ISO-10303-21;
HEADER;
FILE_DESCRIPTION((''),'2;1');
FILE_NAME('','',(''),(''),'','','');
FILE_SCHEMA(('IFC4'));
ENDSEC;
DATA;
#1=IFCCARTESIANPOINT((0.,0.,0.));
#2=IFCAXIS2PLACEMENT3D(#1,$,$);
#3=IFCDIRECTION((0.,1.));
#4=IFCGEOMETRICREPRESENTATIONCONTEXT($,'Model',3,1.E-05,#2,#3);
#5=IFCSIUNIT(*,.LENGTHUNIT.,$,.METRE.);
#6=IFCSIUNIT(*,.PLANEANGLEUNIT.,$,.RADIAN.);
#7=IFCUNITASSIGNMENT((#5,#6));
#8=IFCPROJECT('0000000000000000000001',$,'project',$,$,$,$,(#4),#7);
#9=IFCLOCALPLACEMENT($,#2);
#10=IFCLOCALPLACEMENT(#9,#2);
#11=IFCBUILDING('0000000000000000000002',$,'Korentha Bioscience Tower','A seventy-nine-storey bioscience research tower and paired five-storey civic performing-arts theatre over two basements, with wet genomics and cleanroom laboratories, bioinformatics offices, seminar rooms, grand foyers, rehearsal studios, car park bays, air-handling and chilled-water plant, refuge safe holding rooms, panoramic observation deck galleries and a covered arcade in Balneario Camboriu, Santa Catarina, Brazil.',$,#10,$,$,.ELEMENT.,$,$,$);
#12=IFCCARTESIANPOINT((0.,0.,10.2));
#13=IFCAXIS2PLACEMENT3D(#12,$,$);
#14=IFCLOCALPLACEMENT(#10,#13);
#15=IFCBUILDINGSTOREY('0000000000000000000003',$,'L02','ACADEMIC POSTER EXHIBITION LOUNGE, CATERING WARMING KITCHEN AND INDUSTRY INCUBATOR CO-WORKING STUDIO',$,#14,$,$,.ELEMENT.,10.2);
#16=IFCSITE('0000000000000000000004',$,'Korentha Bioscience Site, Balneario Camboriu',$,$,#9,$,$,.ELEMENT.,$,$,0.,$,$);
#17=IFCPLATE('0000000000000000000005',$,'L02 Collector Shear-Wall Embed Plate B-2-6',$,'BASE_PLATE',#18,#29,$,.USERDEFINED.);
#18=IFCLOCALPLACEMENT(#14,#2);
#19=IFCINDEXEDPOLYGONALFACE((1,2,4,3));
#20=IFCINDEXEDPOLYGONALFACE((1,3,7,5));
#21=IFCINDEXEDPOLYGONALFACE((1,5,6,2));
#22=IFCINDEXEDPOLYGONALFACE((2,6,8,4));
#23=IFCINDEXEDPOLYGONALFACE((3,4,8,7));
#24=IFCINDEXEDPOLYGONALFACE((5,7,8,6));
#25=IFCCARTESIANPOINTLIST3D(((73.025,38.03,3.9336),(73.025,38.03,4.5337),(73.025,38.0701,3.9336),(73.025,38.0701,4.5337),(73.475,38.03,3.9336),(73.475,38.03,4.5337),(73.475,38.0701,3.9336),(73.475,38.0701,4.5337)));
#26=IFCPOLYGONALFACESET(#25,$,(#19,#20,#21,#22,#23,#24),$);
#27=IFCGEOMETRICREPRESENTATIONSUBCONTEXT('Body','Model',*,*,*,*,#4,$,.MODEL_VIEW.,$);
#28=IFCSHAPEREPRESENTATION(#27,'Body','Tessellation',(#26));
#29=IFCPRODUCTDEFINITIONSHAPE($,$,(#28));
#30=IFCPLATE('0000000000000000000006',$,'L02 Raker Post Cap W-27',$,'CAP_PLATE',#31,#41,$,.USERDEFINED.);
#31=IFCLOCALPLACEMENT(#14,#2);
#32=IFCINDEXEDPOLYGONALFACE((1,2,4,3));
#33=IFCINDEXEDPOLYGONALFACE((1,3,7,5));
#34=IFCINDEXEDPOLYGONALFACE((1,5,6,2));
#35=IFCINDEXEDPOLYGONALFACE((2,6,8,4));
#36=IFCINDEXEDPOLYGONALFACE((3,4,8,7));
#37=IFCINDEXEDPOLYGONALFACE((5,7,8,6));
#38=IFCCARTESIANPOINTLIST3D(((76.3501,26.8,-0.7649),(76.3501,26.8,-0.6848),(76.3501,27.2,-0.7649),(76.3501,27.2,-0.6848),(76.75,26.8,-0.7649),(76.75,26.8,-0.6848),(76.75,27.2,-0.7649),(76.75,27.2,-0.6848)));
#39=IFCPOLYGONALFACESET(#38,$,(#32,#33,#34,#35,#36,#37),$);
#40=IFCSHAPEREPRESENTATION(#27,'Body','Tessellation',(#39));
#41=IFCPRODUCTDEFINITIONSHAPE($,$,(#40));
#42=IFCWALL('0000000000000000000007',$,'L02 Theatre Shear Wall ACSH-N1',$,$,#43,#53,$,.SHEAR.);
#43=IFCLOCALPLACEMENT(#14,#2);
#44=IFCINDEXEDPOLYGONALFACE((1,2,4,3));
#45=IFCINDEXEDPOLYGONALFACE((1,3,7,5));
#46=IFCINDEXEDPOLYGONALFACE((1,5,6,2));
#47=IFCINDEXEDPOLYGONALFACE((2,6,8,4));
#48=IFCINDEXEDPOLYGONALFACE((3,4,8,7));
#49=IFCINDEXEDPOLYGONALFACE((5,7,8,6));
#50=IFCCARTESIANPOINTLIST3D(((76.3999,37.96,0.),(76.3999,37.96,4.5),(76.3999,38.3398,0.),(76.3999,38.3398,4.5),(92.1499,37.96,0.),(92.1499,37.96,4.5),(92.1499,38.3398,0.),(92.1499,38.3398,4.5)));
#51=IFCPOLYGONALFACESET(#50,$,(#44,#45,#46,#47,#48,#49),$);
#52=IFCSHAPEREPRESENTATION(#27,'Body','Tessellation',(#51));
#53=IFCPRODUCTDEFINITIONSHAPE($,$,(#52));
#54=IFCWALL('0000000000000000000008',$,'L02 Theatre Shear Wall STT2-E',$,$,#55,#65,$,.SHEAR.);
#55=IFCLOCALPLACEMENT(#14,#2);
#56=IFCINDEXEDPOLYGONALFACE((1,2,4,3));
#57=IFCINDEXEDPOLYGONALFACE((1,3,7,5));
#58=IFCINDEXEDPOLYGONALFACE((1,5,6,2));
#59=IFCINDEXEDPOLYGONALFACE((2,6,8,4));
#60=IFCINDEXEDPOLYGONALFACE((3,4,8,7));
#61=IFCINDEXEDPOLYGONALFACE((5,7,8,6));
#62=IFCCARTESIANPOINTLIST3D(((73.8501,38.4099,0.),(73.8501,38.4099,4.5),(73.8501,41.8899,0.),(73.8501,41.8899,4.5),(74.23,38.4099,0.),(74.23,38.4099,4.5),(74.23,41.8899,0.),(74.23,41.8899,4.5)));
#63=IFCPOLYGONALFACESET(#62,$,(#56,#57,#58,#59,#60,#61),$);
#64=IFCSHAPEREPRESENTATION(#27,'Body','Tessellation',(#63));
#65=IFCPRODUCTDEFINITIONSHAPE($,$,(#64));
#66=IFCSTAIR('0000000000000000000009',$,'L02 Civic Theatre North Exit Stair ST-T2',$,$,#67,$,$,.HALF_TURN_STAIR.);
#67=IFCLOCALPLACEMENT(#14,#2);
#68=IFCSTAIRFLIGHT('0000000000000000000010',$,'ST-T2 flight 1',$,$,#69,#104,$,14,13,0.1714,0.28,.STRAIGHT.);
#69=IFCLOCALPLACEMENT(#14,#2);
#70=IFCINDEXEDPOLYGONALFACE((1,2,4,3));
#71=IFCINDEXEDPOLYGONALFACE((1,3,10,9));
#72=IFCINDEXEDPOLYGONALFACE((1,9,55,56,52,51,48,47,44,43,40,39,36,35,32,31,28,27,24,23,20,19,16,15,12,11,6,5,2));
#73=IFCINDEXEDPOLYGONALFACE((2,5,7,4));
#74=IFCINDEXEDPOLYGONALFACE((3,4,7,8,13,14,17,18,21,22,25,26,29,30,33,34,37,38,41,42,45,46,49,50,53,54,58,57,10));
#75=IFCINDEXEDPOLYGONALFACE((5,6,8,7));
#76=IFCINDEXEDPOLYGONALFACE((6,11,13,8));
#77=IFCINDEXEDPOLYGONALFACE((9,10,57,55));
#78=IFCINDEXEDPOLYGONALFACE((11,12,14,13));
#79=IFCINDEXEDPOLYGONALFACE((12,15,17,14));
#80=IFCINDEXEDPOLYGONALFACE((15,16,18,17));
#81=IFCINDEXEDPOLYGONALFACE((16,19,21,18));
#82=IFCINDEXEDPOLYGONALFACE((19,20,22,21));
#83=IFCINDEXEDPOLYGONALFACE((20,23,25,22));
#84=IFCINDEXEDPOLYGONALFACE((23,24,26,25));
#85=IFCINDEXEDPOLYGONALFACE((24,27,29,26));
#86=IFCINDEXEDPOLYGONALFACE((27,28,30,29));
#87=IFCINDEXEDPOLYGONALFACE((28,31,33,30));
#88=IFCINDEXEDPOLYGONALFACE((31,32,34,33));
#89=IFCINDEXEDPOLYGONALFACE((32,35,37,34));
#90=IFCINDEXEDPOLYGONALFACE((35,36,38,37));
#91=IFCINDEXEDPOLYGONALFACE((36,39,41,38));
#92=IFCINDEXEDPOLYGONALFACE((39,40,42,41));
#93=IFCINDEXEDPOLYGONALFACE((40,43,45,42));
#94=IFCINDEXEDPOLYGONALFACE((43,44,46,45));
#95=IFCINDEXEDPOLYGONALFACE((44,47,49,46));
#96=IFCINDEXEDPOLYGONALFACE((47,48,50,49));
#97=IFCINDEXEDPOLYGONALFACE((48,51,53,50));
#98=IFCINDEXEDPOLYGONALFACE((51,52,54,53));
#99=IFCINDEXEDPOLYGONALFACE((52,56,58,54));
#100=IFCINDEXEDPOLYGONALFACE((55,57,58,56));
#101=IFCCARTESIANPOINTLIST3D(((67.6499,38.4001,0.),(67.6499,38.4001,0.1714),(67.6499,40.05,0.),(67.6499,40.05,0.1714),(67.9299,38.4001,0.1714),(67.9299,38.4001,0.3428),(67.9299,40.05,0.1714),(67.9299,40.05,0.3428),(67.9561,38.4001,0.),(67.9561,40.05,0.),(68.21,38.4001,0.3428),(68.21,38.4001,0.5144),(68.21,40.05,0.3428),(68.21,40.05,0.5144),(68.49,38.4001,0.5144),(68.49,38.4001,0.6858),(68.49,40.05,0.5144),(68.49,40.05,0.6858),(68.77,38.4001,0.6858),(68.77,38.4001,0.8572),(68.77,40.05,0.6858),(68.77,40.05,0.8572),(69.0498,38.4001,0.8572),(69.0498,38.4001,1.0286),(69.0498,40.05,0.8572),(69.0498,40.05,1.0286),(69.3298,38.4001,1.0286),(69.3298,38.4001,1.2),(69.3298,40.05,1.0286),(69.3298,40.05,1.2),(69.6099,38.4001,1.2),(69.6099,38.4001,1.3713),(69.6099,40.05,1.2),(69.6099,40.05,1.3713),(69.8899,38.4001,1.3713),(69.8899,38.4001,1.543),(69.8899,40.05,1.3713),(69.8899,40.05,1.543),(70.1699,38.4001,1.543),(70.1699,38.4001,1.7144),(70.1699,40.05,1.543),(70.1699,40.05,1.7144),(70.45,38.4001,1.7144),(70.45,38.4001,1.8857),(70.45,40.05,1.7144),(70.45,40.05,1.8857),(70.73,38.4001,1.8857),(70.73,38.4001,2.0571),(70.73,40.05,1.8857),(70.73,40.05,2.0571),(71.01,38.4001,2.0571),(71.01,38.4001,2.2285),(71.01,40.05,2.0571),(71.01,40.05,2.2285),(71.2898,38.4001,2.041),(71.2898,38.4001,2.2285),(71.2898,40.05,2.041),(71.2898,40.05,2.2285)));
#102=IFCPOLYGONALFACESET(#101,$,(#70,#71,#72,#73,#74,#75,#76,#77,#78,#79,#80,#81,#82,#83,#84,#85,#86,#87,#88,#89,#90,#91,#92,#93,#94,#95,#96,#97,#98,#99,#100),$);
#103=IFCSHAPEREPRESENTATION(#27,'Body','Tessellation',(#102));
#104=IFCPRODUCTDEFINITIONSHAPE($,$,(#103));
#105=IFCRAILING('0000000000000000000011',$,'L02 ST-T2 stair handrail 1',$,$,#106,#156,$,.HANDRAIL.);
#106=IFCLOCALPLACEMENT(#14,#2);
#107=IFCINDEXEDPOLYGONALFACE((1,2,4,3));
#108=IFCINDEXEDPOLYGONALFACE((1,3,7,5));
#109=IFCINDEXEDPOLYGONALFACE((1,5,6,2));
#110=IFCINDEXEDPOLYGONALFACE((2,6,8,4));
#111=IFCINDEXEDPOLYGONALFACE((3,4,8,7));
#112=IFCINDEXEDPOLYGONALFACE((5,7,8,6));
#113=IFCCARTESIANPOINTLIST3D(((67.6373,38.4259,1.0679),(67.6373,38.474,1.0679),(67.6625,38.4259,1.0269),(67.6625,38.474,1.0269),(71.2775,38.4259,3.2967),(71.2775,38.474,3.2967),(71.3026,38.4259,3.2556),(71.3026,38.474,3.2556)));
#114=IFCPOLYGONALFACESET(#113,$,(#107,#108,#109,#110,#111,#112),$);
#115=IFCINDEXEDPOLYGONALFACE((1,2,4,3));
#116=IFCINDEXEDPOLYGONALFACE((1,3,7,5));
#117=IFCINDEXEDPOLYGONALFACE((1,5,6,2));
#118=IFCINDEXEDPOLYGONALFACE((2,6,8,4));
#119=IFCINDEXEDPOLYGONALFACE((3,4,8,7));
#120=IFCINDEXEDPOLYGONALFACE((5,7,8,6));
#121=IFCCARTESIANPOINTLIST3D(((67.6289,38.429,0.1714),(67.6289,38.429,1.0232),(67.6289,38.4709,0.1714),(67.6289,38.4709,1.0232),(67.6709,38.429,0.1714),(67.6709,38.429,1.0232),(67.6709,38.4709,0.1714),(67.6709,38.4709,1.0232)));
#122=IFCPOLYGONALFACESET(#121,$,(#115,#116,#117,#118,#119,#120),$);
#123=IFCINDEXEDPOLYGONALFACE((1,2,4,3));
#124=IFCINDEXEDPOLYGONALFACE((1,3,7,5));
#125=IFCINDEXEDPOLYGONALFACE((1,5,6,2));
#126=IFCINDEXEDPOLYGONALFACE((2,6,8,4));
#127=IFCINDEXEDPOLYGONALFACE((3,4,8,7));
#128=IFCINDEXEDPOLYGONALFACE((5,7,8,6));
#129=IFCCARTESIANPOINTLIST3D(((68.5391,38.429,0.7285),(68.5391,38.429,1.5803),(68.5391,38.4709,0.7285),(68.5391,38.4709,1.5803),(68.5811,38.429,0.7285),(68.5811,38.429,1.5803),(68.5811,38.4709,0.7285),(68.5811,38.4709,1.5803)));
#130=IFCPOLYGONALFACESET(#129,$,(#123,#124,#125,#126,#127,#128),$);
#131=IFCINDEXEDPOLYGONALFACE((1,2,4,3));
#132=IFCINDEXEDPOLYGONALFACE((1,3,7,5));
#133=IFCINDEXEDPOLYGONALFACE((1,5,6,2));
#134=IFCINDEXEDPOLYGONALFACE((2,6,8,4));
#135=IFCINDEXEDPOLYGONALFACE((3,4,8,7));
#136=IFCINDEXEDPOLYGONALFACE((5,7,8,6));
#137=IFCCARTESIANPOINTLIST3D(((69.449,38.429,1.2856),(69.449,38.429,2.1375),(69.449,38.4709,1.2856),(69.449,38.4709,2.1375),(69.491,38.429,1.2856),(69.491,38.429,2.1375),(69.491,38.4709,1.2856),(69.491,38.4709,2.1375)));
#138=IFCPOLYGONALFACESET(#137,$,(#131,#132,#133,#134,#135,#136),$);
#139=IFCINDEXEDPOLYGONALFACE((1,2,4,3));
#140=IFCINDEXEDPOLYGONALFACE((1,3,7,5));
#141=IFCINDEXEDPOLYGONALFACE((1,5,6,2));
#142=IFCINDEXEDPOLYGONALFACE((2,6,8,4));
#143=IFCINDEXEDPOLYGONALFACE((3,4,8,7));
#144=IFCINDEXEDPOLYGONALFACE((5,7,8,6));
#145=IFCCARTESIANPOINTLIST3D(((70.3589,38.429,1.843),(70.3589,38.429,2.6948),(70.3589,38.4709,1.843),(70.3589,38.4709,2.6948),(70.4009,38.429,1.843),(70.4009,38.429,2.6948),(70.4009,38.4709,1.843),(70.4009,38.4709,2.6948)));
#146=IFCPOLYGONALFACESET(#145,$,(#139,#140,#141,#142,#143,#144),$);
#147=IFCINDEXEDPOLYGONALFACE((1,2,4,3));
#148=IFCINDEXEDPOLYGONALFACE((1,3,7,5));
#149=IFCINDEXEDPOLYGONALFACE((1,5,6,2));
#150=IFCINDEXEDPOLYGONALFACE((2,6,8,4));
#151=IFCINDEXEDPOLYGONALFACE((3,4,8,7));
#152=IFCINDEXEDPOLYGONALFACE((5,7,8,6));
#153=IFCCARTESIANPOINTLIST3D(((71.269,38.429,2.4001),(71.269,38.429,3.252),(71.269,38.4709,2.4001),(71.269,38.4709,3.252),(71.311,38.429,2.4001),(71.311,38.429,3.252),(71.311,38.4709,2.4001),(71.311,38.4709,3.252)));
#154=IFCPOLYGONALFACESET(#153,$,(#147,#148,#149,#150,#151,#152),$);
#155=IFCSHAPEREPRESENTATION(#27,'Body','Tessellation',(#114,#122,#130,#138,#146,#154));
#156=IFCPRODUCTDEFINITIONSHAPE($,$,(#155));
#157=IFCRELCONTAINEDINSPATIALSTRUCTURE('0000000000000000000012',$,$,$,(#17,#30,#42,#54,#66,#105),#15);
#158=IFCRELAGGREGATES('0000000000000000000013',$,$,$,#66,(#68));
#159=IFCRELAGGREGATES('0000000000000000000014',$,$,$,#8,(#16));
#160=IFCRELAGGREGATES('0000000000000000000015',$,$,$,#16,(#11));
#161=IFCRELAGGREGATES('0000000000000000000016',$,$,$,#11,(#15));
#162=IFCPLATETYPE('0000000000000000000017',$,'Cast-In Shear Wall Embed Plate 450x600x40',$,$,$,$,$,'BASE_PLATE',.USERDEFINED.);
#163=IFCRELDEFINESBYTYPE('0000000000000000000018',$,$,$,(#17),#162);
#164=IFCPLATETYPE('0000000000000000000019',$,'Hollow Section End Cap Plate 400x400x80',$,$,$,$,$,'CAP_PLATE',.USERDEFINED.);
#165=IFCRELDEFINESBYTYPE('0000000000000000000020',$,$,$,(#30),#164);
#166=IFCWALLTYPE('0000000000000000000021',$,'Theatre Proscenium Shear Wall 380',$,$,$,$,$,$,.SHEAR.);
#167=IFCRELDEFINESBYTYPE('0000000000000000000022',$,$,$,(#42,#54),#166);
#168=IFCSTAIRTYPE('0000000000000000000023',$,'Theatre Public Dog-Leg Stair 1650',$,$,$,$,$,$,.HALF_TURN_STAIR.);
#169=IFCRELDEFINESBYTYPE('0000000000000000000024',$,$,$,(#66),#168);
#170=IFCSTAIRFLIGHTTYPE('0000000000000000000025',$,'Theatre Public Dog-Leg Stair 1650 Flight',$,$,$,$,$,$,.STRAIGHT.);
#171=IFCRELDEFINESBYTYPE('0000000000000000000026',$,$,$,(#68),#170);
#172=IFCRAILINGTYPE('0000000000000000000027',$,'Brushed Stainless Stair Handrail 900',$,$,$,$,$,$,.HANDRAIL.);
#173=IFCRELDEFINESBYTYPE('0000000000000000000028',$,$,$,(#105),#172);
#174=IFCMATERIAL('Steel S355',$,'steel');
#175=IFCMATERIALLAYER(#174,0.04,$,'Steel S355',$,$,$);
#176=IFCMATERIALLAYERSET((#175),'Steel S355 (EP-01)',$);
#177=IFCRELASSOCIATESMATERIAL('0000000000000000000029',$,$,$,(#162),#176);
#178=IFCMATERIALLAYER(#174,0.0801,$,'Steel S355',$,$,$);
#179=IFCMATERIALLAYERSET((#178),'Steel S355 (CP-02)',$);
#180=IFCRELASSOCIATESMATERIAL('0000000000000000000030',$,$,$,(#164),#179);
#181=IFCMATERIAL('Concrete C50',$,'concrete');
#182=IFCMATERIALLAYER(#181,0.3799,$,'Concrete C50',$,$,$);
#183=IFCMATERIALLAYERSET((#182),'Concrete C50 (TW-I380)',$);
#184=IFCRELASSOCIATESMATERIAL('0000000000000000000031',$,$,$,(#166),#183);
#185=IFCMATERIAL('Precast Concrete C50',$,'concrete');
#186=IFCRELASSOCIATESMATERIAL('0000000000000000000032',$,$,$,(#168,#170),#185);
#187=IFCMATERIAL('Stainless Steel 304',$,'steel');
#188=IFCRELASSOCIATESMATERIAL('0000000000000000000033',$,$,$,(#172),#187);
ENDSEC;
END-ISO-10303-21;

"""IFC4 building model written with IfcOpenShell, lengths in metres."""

from ifc_helpers import new_model, si_unit, direction, frame, frame_2d, origin, origin_2d, place, context, subcontext, project, spatial, polyline, rectangle, outline, extrude, material, layer, layer_set, type_object, element, aggregate, save


model = new_model("IFC4")

# Units and contexts
model_context = context("Model", 3, precision=1e-05, world=origin(), true_north=direction((0.0, 1.0)))
body_context = subcontext(model_context, "Body", "Model", "MODEL_VIEW")
ifc_project = project(units=[si_unit("LENGTHUNIT", "METRE"), si_unit("PLANEANGLEUNIT", "RADIAN")], contexts=[model_context])

# Site, building, storey
site_placement = place(None, origin())
site = spatial("IfcSite", under=ifc_project, at=site_placement, Name="Korentha Bioscience Site, Balneario Camboriu", CompositionType="ELEMENT", RefElevation=0.0)
building_placement = place(site_placement, origin())
building = spatial("IfcBuilding", under=site, at=building_placement, Name="Korentha Bioscience Tower", Description="A seventy-nine-storey bioscience research tower and paired five-storey civic performing-arts theatre over two basements, with wet genomics and cleanroom laboratories, bioinformatics offices, seminar rooms, grand foyers, rehearsal studios, car park bays, air-handling and chilled-water plant, refuge safe holding rooms, panoramic observation deck galleries and a covered arcade in Balneario Camboriu, Santa Catarina, Brazil.", CompositionType="ELEMENT")
storey_placement = place(building_placement, frame((0.0, 0.0, 10.2)))
storey = spatial("IfcBuildingStorey", under=building, at=storey_placement, Name="L02", Description="ACADEMIC POSTER EXHIBITION LOUNGE, CATERING WARMING KITCHEN AND INDUSTRY INCUBATOR CO-WORKING STUDIO", CompositionType="ELEMENT", Elevation=10.2)

# Shared definitions
ifc_material_1 = material(Name="Concrete C50", Category="concrete")

# Shared definitions
ifc_material_2 = material(Name="Steel S355", Category="steel")

# Plates
ifc_layer_1 = layer(ifc_material_2, 0.04, Name="Steel S355")
ifc_layer_set_1 = layer_set([ifc_layer_1], Name="Steel S355 (EP-01)")
plate_type_1 = type_object("IfcPlateType", Name="Cast-In Shear Wall Embed Plate 450x600x40", ElementType="BASE_PLATE", PredefinedType="USERDEFINED", material=ifc_layer_set_1)
plate_1_placement = place(storey_placement, frame((73.25, 38.05, 3.9336), z_axis=(0.0, 0.0, 1.0), x_axis=(1.0, 0.0, 0.0)))
element("IfcPlate", 1, at=plate_1_placement, inside=storey, type_object=plate_type_1, Name="L02 Collector Shear-Wall Embed Plate B-2-6", ObjectType="BASE_PLATE", PredefinedType="USERDEFINED", context=body_context, shape_type="SweptSolid", body=[
    extrude(rectangle(XDim=0.45, YDim=0.04, at=origin_2d()), origin(), (0.0, 0.0, 1.0), 0.6001),
])
ifc_layer_2 = layer(ifc_material_2, 0.0801, Name="Steel S355")
ifc_layer_set_2 = layer_set([ifc_layer_2], Name="Steel S355 (CP-02)")
plate_type_2 = type_object("IfcPlateType", Name="Hollow Section End Cap Plate 400x400x80", ElementType="CAP_PLATE", PredefinedType="USERDEFINED", material=ifc_layer_set_2)
plate_2_placement = place(storey_placement, frame((76.55, 27.0, -0.7649), z_axis=(0.0, 0.0, 1.0), x_axis=(1.0, 0.0, 0.0)))
element("IfcPlate", 2, at=plate_2_placement, inside=storey, type_object=plate_type_2, Name="L02 Raker Post Cap W-27", ObjectType="CAP_PLATE", PredefinedType="USERDEFINED", context=body_context, shape_type="SweptSolid", body=[
    extrude(rectangle(XDim=0.3999, YDim=0.3999, at=origin_2d()), origin(), (0.0, 0.0, 1.0), 0.0801),
])

# Walls
ifc_layer_3 = layer(ifc_material_1, 0.3799, Name="Concrete C50")
ifc_layer_set_3 = layer_set([ifc_layer_3], Name="Concrete C50 (TW-I380)")
wall_type = type_object("IfcWallType", Name="Theatre Proscenium Shear Wall 380", PredefinedType="SHEAR", material=ifc_layer_set_3)
wall_1_placement = place(storey_placement, frame((76.3999, 38.1499, 0.0), z_axis=(0.0, 0.0, 1.0), x_axis=(1.0, 0.0, 0.0)))
element("IfcWall", 3, at=wall_1_placement, inside=storey, type_object=wall_type, Name="L02 Theatre Shear Wall ACSH-N1", PredefinedType="SHEAR", context=body_context, shape_type="SweptSolid", body=[
    extrude(rectangle(XDim=15.75, YDim=0.3799, at=frame_2d((7.875, 0.0))), origin(), (0.0, 0.0, 1.0), 4.5),
])
wall_2_placement = place(storey_placement, frame((74.04, 38.4099, 0.0), z_axis=(0.0, 0.0, 1.0), x_axis=(0.0, 1.0, 0.0)))
element("IfcWall", 4, at=wall_2_placement, inside=storey, type_object=wall_type, Name="L02 Theatre Shear Wall STT2-E", PredefinedType="SHEAR", context=body_context, shape_type="SweptSolid", body=[
    extrude(rectangle(XDim=3.48, YDim=0.3799, at=frame_2d((1.74, 0.0))), origin(), (0.0, 0.0, 1.0), 4.5),
])

# Stair, stair flight
ifc_material_3 = material(Name="Precast Concrete C50", Category="concrete")
stair_type = type_object("IfcStairType", Name="Theatre Public Dog-Leg Stair 1650", PredefinedType="HALF_TURN_STAIR", material=ifc_material_3)
stair_placement = place(storey_placement, origin())
stair = element("IfcStair", 5, at=stair_placement, inside=storey, type_object=stair_type, Name="L02 Civic Theatre North Exit Stair ST-T2", PredefinedType="HALF_TURN_STAIR")
stair_flight_type = type_object("IfcStairFlightType", Name="Theatre Public Dog-Leg Stair 1650 Flight", PredefinedType="STRAIGHT", material=ifc_material_3)
stair_flight_placement = place(storey_placement, frame((67.6499, 39.2251, 0.0), z_axis=(0.0, 0.0, 1.0), x_axis=(1.0, 0.0, 0.0)))
stair_flight = element("IfcStairFlight", 6, at=stair_flight_placement, type_object=stair_flight_type, Name="ST-T2 flight 1", NumberOfRisers=14, NumberOfTreads=13, PredefinedType="STRAIGHT", RiserHeight=0.1714, TreadLength=0.28, context=body_context, shape_type="SweptSolid", body=[
    extrude(outline(polyline([(0.0, 0.0), (0.0, 0.1714), (0.28, 0.1714), (0.28, 0.3428), (0.5601, 0.3428), (0.5601, 0.5144), (0.8401, 0.5144), (0.8401, 0.6858), (1.1201, 0.6858), (1.1201, 0.8572), (1.3999, 0.8572), (1.3999, 1.0286), (1.6799, 1.0286), (1.6799, 1.2), (1.96, 1.2), (1.96, 1.3713), (2.24, 1.3713), (2.24, 1.543), (2.52, 1.543), (2.52, 1.7144), (2.8, 1.7144), (2.8, 1.8857), (3.0801, 1.8857), (3.0801, 2.0571), (3.3601, 2.0571), (3.3601, 2.2285), (3.6399, 2.2285), (3.6399, 2.3999), (3.6399, 2.041), (0.3062, 0.0), (0.0, 0.0)])), frame((0.0, 0.825, 0.0), z_axis=(0.0, -1.0, 0.0), x_axis=(1.0, 0.0, 0.0)), (0.0, 0.0, 1.0), 1.6499),
])
aggregate(stair, [stair_flight])

# Railing
ifc_material_4 = material(Name="Stainless Steel 304", Category="steel")
railing_type_1 = type_object("IfcRailingType", Name="Brushed Stainless Stair Handrail 900", PredefinedType="HANDRAIL", material=ifc_material_4)
railing_1_placement = place(storey_placement, frame((67.6499, 38.45, 0.1714)))
element("IfcRailing", 7, at=railing_1_placement, inside=storey, type_object=railing_type_1, Name="L02 ST-T2 stair handrail 1", PredefinedType="HANDRAIL", context=body_context, shape_type="SweptSolid", body=[
    extrude(rectangle(XDim=0.0481, YDim=0.0481, at=origin_2d()), frame((0.0, 0.0, 0.876), z_axis=(0.85284, 0.0, 0.522172), x_axis=(0.0, 1.0, 0.0)), (0.0, 0.0, 1.0), 4.2683),
    extrude(rectangle(XDim=0.042, YDim=0.042, at=origin_2d()), origin(), (0.0, 0.0, 1.0), 0.8518),
    extrude(rectangle(XDim=0.042, YDim=0.042, at=origin_2d()), frame((0.9102, 0.0, 0.5571)), (0.0, 0.0, 1.0), 0.8518),
    extrude(rectangle(XDim=0.042, YDim=0.042, at=origin_2d()), frame((1.8201, 0.0, 1.1143)), (0.0, 0.0, 1.0), 0.8518),
    extrude(rectangle(XDim=0.042, YDim=0.042, at=origin_2d()), frame((2.73, 0.0, 1.6716)), (0.0, 0.0, 1.0), 0.8518),
    extrude(rectangle(XDim=0.042, YDim=0.042, at=origin_2d()), frame((3.6401, 0.0, 2.2288)), (0.0, 0.0, 1.0), 0.8518),
])

save(model, "model.ifc")
